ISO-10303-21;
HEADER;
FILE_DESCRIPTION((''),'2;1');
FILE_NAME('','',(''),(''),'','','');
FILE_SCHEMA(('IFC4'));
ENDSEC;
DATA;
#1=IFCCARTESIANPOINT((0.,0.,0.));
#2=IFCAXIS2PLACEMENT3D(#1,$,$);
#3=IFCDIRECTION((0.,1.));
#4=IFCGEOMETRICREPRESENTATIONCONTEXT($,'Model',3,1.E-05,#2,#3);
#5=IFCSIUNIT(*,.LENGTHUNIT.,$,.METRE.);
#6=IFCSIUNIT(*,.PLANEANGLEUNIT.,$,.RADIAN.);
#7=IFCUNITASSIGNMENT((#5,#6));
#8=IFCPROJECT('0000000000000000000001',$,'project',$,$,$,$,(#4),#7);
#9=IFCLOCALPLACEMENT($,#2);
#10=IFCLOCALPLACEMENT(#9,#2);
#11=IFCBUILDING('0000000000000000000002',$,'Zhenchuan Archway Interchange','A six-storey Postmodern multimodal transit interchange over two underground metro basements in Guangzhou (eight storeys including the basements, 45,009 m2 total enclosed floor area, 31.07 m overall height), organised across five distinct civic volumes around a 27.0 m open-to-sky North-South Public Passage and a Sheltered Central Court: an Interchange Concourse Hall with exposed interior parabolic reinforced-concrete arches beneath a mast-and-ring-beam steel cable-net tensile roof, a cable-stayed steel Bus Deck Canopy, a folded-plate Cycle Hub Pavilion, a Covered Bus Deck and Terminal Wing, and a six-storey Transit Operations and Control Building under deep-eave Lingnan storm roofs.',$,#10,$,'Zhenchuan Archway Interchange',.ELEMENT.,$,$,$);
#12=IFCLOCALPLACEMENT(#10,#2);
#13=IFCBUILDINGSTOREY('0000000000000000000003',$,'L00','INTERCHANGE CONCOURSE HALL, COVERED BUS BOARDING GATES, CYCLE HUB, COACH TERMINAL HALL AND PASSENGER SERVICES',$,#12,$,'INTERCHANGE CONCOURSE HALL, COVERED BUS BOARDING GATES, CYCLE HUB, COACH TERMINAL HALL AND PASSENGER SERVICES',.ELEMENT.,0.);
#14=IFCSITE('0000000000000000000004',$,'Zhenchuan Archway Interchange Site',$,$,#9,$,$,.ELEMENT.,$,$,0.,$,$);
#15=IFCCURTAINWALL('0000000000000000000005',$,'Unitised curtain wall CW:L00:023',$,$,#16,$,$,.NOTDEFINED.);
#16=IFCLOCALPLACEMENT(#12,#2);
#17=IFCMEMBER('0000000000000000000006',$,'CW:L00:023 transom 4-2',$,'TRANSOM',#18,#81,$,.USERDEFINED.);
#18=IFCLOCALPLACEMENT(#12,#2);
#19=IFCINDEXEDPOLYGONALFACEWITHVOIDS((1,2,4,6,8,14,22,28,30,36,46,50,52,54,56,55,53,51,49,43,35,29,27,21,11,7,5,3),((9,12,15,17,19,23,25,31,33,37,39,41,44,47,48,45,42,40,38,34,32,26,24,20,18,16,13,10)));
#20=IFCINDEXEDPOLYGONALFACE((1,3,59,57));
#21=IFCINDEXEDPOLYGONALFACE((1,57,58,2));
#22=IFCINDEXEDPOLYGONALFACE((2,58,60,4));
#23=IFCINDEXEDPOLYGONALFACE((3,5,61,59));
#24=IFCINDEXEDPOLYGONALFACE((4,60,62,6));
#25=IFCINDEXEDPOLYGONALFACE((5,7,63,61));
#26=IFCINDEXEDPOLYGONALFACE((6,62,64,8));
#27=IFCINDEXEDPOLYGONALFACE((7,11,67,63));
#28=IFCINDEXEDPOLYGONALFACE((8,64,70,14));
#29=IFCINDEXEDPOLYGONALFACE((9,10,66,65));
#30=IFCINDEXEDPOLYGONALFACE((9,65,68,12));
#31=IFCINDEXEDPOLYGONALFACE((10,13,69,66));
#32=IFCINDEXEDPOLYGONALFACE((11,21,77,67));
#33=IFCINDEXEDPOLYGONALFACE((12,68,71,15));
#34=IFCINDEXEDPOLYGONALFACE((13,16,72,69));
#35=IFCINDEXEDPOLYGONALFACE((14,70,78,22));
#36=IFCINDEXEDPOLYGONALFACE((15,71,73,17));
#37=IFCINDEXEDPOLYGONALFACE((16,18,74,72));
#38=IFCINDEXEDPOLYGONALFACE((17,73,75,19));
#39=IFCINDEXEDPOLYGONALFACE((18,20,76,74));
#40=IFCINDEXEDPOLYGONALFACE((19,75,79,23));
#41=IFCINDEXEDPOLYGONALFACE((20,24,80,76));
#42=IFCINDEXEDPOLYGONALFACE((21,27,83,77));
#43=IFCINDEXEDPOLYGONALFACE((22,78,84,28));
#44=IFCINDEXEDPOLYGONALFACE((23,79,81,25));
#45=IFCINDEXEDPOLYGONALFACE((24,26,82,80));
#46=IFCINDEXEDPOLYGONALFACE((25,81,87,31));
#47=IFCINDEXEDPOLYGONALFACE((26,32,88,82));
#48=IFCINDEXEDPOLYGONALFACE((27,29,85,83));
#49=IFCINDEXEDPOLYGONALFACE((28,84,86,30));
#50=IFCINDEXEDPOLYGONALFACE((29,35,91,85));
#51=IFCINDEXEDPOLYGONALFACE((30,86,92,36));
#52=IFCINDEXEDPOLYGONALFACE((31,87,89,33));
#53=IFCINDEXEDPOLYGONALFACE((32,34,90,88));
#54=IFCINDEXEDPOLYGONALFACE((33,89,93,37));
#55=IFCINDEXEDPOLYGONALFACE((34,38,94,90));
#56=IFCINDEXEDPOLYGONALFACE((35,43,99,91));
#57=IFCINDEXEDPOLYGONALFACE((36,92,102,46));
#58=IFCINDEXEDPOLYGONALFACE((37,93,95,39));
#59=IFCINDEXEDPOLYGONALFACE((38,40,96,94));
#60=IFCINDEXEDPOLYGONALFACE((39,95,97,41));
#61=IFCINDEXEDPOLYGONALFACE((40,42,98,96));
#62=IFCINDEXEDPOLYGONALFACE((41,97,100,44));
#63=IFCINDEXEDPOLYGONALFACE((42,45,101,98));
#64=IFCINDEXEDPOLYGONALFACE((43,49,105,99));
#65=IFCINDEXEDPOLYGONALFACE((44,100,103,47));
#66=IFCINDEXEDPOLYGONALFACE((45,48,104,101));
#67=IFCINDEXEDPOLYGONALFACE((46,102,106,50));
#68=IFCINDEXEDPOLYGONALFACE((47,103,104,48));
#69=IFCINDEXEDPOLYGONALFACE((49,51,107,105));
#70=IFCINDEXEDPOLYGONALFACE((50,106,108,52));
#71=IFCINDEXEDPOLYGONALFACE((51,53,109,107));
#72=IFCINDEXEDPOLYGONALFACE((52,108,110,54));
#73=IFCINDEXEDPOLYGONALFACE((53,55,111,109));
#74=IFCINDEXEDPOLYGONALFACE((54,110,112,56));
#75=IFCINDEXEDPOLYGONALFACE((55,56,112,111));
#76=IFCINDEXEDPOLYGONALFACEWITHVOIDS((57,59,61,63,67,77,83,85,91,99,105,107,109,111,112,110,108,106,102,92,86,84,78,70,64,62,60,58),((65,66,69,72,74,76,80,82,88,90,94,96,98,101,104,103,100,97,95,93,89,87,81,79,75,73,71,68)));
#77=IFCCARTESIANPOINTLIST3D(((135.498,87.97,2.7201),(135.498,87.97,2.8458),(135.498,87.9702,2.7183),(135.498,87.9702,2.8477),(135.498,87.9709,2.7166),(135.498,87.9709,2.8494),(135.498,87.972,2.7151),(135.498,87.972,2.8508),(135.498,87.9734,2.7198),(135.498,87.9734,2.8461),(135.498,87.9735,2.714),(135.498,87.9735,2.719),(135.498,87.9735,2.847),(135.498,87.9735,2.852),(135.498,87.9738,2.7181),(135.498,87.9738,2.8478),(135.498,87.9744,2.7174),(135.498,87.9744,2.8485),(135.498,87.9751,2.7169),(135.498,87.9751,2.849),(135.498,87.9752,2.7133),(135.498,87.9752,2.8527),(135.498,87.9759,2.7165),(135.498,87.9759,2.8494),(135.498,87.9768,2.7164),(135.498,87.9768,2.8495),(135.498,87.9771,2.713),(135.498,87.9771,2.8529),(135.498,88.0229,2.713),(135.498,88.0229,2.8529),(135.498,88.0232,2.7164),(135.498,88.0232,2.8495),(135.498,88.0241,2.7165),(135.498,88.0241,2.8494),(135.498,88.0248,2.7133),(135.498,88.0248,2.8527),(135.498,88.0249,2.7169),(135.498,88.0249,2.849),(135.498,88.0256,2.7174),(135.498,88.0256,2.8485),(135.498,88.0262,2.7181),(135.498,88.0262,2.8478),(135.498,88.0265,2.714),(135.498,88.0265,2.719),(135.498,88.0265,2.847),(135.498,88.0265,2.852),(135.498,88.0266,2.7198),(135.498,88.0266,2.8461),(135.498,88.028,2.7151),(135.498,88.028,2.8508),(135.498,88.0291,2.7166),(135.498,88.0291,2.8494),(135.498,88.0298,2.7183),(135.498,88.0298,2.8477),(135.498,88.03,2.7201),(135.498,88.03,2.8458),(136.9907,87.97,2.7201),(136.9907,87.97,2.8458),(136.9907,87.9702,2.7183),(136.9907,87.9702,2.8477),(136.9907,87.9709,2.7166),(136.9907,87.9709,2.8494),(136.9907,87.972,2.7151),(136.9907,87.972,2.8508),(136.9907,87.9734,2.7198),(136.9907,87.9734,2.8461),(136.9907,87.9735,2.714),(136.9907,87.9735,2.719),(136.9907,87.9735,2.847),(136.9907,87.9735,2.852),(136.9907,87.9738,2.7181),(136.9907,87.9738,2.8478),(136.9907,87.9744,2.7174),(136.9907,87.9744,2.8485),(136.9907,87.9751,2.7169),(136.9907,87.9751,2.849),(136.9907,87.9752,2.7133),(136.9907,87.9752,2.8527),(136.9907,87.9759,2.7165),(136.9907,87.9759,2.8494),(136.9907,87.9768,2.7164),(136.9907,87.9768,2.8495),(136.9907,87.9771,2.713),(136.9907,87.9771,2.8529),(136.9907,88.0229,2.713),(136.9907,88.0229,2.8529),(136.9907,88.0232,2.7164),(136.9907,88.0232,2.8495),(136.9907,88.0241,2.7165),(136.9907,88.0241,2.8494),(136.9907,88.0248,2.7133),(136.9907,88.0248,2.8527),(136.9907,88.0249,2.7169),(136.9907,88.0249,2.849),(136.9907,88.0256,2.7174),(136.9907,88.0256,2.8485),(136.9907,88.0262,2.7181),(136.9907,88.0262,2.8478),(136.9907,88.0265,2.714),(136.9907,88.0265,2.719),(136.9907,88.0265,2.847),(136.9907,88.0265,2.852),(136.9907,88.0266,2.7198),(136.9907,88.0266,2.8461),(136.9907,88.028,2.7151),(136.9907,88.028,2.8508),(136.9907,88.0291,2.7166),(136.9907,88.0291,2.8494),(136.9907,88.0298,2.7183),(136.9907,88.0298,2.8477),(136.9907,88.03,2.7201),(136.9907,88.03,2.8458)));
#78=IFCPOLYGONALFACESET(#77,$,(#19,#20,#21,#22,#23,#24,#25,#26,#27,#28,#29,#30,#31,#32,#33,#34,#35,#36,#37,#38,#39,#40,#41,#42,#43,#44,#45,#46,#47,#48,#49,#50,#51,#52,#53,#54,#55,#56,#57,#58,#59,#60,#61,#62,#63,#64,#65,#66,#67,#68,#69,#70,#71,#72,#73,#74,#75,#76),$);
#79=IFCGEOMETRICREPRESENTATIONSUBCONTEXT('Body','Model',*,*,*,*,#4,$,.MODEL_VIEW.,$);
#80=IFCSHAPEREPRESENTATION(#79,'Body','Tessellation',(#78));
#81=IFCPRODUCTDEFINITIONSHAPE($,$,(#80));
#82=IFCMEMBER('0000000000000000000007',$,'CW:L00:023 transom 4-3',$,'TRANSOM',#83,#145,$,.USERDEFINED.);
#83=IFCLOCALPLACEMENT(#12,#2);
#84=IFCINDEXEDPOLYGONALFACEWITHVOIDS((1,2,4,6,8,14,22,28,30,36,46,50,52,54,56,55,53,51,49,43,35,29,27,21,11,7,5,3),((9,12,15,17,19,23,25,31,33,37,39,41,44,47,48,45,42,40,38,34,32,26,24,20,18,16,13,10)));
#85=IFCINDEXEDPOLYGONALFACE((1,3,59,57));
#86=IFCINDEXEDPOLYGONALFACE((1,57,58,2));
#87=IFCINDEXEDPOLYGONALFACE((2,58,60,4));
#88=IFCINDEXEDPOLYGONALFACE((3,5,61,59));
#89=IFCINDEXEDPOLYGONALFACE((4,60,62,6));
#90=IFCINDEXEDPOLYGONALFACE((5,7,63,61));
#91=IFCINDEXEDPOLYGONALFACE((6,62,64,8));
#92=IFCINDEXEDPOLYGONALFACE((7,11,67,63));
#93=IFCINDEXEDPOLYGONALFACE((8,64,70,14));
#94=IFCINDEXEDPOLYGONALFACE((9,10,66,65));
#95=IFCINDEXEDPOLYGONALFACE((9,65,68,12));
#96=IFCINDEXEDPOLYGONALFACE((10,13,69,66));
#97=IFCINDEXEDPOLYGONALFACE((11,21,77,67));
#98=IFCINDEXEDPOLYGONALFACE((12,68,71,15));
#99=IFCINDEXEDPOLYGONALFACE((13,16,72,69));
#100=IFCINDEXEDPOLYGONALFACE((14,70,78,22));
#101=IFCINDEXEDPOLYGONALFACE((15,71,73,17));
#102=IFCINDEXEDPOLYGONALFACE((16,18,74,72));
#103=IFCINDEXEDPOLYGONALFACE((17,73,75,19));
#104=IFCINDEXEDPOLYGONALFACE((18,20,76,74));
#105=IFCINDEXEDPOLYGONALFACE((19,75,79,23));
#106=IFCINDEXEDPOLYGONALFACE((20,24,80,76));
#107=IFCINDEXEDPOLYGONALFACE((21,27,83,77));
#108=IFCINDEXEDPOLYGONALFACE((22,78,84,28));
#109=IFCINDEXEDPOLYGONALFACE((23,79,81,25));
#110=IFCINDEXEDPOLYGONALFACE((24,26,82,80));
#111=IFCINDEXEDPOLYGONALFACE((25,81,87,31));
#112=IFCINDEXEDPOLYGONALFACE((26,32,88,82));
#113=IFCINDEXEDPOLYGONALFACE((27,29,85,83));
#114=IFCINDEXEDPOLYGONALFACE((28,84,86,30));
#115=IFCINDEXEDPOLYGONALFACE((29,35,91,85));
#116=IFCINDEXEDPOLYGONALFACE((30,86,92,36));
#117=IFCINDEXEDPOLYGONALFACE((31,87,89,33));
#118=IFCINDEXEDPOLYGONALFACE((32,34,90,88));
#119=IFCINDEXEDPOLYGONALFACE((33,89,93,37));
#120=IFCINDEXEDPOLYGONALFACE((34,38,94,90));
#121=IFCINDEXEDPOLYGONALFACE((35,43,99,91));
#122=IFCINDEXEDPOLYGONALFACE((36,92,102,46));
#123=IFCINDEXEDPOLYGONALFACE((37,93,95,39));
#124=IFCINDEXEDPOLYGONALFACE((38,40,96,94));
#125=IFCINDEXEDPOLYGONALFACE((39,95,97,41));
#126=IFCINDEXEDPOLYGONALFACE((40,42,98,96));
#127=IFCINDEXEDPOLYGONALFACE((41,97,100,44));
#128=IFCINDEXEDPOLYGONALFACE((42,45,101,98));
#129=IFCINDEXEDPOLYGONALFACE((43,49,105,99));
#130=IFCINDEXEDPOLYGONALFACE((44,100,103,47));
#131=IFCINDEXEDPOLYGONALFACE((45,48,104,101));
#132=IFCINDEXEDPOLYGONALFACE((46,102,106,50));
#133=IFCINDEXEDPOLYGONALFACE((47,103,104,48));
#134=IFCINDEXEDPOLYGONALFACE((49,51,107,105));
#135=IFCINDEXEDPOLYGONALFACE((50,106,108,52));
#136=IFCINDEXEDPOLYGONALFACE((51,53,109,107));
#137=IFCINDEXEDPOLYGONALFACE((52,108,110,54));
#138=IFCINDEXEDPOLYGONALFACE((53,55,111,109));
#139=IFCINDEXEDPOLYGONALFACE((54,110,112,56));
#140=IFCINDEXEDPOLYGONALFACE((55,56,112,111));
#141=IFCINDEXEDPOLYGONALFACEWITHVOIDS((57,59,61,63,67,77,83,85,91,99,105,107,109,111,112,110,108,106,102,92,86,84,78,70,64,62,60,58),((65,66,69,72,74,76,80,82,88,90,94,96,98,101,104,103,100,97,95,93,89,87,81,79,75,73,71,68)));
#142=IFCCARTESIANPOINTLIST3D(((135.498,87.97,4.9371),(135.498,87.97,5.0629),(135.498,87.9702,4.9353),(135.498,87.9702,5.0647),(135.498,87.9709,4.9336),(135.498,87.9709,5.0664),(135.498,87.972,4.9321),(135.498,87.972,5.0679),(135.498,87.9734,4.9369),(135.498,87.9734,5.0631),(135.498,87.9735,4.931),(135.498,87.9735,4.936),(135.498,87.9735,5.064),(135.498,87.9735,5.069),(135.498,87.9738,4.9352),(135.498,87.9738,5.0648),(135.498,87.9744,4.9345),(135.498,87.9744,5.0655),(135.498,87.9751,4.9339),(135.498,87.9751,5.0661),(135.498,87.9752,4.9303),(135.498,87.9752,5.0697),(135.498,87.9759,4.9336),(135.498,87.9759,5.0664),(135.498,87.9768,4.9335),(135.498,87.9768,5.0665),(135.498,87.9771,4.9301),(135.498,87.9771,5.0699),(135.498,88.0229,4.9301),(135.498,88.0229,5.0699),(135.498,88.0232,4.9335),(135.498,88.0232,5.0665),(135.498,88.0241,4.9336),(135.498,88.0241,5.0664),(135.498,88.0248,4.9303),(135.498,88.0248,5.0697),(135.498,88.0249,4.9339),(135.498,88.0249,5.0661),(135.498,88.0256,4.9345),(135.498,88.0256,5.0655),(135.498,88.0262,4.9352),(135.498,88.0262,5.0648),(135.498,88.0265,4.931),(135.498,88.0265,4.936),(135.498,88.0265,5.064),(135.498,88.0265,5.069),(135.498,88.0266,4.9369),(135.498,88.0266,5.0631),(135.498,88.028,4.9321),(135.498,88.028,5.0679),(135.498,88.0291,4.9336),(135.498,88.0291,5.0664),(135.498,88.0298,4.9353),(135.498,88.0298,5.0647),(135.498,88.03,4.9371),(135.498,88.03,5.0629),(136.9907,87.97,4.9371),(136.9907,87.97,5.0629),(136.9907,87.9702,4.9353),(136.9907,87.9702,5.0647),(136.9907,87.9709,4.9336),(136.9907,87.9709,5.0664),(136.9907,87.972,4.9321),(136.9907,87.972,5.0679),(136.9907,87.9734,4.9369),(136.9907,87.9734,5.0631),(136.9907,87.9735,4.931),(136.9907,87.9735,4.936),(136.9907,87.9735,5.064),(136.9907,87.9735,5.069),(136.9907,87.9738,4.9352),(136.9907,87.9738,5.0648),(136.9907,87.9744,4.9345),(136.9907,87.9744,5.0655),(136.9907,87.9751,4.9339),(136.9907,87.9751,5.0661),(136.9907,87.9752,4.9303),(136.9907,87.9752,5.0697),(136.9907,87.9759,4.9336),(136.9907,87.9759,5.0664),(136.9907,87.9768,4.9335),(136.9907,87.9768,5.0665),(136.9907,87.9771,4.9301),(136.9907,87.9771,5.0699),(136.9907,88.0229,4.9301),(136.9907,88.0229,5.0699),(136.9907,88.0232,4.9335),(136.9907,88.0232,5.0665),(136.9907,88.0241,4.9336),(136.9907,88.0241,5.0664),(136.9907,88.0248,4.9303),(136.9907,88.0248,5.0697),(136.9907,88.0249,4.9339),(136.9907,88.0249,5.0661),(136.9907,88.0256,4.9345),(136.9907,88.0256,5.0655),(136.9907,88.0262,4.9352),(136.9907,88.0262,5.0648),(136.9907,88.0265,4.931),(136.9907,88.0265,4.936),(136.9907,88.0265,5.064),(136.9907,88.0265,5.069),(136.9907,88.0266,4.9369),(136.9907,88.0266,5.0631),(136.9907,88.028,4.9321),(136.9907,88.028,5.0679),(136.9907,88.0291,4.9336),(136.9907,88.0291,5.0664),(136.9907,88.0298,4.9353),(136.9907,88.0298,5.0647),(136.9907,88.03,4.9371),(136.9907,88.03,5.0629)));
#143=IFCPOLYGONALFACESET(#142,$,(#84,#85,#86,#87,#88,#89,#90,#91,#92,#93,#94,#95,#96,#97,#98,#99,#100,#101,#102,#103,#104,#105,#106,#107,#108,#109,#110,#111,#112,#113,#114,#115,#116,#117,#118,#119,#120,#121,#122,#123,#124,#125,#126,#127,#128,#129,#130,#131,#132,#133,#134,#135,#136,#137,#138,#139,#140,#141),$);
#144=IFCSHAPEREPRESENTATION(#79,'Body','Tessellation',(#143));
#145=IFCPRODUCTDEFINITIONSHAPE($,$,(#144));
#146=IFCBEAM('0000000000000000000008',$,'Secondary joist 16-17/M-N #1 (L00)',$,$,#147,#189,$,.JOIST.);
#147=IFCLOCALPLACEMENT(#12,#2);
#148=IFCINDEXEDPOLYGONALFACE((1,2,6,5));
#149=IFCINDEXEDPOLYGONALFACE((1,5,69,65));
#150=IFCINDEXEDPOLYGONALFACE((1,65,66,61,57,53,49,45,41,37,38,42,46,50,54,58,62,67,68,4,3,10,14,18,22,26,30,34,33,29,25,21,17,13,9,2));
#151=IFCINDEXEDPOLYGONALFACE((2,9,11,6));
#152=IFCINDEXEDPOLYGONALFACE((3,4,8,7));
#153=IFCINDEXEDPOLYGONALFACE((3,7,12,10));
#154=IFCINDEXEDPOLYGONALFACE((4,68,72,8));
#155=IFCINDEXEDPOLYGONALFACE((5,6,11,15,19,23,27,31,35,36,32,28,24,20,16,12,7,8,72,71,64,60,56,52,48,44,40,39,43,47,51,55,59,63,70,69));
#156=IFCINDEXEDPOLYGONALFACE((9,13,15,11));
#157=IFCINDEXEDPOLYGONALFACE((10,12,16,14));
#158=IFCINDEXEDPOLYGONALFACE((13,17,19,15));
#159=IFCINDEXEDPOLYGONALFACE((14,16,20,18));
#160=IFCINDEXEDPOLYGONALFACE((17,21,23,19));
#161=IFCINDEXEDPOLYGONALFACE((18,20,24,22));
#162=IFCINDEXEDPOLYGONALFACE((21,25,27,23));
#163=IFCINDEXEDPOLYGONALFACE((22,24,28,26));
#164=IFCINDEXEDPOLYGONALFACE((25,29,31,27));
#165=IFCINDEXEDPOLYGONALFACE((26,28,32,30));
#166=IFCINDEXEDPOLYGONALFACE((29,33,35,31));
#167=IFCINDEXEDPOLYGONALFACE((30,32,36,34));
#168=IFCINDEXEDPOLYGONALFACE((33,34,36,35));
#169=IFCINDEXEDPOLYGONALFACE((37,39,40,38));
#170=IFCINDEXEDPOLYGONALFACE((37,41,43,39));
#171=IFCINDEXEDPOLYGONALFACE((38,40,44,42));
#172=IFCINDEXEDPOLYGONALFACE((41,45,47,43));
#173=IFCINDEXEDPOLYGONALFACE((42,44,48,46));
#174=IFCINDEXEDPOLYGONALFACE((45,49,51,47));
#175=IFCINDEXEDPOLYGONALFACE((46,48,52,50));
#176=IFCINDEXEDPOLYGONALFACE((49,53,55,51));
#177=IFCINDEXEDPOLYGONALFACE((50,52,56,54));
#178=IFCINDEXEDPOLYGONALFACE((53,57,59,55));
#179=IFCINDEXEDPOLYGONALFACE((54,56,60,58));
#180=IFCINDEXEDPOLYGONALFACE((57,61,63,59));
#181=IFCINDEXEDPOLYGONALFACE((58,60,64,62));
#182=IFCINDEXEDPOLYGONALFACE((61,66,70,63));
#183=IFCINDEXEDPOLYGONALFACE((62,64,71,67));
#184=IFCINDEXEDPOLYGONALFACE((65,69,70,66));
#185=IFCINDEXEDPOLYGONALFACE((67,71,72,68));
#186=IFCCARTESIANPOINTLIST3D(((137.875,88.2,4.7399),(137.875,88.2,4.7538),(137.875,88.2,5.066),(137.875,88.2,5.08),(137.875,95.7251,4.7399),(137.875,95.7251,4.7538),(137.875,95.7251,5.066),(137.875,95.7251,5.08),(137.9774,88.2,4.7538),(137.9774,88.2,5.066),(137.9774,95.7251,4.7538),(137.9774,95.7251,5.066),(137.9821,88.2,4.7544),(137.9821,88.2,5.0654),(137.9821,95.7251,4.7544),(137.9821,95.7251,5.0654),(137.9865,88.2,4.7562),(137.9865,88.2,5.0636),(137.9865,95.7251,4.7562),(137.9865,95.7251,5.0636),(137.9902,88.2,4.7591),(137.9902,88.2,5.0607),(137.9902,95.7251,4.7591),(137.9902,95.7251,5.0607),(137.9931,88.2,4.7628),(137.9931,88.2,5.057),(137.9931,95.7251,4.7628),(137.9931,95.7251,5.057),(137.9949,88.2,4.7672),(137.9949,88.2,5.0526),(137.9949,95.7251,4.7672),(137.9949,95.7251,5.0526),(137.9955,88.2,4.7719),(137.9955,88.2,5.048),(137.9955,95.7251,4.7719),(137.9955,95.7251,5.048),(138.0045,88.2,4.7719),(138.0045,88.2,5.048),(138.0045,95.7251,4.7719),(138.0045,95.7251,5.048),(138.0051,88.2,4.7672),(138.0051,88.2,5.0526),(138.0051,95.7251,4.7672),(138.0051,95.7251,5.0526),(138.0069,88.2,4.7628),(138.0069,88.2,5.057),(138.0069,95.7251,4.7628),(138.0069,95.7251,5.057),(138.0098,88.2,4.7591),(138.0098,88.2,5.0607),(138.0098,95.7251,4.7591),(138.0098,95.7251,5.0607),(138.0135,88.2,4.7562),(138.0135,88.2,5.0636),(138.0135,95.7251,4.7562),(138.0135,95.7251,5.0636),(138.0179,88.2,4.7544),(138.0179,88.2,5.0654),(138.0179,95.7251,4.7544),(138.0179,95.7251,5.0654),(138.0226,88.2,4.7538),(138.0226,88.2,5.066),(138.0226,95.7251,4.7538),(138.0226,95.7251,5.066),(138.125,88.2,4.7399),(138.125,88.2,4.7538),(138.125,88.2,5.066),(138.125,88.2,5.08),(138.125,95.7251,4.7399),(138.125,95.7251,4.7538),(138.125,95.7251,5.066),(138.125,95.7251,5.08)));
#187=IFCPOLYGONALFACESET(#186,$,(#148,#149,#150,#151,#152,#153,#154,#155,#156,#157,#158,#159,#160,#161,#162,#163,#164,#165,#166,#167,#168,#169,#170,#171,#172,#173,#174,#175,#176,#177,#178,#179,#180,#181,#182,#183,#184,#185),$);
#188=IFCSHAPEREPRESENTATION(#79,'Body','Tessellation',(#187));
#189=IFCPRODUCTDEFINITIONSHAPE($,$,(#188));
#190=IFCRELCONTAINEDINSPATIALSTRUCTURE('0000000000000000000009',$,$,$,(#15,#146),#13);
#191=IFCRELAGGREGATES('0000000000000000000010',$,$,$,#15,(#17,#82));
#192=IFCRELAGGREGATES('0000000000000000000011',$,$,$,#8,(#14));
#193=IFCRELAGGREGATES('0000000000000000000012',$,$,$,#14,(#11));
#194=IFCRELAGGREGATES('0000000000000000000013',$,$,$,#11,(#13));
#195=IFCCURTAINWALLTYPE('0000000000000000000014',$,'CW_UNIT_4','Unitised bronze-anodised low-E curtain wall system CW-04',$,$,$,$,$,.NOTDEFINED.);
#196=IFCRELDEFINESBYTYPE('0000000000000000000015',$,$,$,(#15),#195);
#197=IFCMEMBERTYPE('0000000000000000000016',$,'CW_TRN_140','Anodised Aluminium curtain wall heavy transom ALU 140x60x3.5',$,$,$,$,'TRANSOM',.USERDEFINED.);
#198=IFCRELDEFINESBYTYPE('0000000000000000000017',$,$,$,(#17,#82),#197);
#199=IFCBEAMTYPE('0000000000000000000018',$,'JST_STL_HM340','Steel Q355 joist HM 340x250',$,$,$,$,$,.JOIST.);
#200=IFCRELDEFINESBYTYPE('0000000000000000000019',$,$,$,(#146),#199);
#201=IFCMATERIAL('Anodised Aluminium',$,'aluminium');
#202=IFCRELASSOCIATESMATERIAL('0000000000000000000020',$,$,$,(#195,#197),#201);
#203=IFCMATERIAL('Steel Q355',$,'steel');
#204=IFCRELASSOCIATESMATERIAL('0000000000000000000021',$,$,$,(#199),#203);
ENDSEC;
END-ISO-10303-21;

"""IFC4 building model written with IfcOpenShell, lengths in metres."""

from ifc_helpers import new_model, si_unit, direction, frame, origin, origin_2d, place, context, subcontext, project, spatial, hollow_rectangle, i_section, extrude, material, material_profile, profile_set, type_object, element, aggregate, save


model = new_model("IFC4")

# Units and contexts
model_context = context("Model", 3, precision=1e-05, world=origin(), true_north=direction((0.0, 1.0)))
body_context = subcontext(model_context, "Body", "Model", "MODEL_VIEW")
ifc_project = project(units=[si_unit("LENGTHUNIT", "METRE"), si_unit("PLANEANGLEUNIT", "RADIAN")], contexts=[model_context])

# Site, building, storey
site_placement = place(None, origin())
site = spatial("IfcSite", under=ifc_project, at=site_placement, Name="Zhenchuan Archway Interchange Site", CompositionType="ELEMENT", RefElevation=0.0)
building_placement = place(site_placement, origin())
building = spatial("IfcBuilding", under=site, at=building_placement, Name="Zhenchuan Archway Interchange", Description="A six-storey Postmodern multimodal transit interchange over two underground metro basements in Guangzhou (eight storeys including the basements, 45,009 m2 total enclosed floor area, 31.07 m overall height), organised across five distinct civic volumes around a 27.0 m open-to-sky North-South Public Passage and a Sheltered Central Court: an Interchange Concourse Hall with exposed interior parabolic reinforced-concrete arches beneath a mast-and-ring-beam steel cable-net tensile roof, a cable-stayed steel Bus Deck Canopy, a folded-plate Cycle Hub Pavilion, a Covered Bus Deck and Terminal Wing, and a six-storey Transit Operations and Control Building under deep-eave Lingnan storm roofs.", LongName="Zhenchuan Archway Interchange", CompositionType="ELEMENT")
storey_placement = place(building_placement, origin())
storey = spatial("IfcBuildingStorey", under=building, at=storey_placement, Name="L00", Description="INTERCHANGE CONCOURSE HALL, COVERED BUS BOARDING GATES, CYCLE HUB, COACH TERMINAL HALL AND PASSENGER SERVICES", LongName="INTERCHANGE CONCOURSE HALL, COVERED BUS BOARDING GATES, CYCLE HUB, COACH TERMINAL HALL AND PASSENGER SERVICES", CompositionType="ELEMENT", Elevation=0.0)

# Curtain wall, members
ifc_material_1 = material(Name="Anodised Aluminium", Category="aluminium")
curtain_wall_type = type_object("IfcCurtainWallType", Name="CW_UNIT_4", Description="Unitised bronze-anodised low-E curtain wall system CW-04", PredefinedType="NOTDEFINED", material=ifc_material_1)
curtain_wall_placement = place(storey_placement, origin())
curtain_wall = element("IfcCurtainWall", 1, at=curtain_wall_placement, inside=storey, type_object=curtain_wall_type, Name="Unitised curtain wall CW:L00:023", PredefinedType="NOTDEFINED")
ifc_material_profile_1 = material_profile(ifc_material_1, hollow_rectangle(XDim=0.0601, YDim=0.1399, WallThickness=0.0034, InnerFilletRadius=0.0034, OuterFilletRadius=0.0071, at=origin_2d()), Name="ALU 140x60x3.5")
ifc_profile_set_1 = profile_set([ifc_material_profile_1], Name="Anodised Aluminium")
member_type_1 = type_object("IfcMemberType", Name="CW_TRN_140", Description="Anodised Aluminium curtain wall heavy transom ALU 140x60x3.5", ElementType="TRANSOM", PredefinedType="USERDEFINED", material=ifc_profile_set_1)
member_1_placement = place(storey_placement, frame((136.9907, 88.0, 2.783), z_axis=(-1.0, 0.0, 0.0), x_axis=(0.0, -1.0, 0.0)))
member_1 = element("IfcMember", 2, at=member_1_placement, type_object=member_type_1, Name="CW:L00:023 transom 4-2", ObjectType="TRANSOM", PredefinedType="USERDEFINED", context=body_context, shape_type="SweptSolid", body=[
    extrude(hollow_rectangle(XDim=0.0601, YDim=0.1399, WallThickness=0.0034, InnerFilletRadius=0.0034, OuterFilletRadius=0.0071, at=origin_2d()), origin(), (0.0, 0.0, 1.0), 1.4927),
])
member_2_placement = place(storey_placement, frame((136.9907, 88.0, 5.0), z_axis=(-1.0, 0.0, 0.0), x_axis=(0.0, -1.0, 0.0)))
member_2 = element("IfcMember", 3, at=member_2_placement, type_object=member_type_1, Name="CW:L00:023 transom 4-3", ObjectType="TRANSOM", PredefinedType="USERDEFINED", context=body_context, shape_type="SweptSolid", body=[
    extrude(hollow_rectangle(XDim=0.0601, YDim=0.1399, WallThickness=0.0034, InnerFilletRadius=0.0034, OuterFilletRadius=0.0071, at=origin_2d()), origin(), (0.0, 0.0, 1.0), 1.4927),
])

# Beam
ifc_material_2 = material(Name="Steel Q355", Category="steel")
ifc_material_profile_2 = material_profile(ifc_material_2, i_section(OverallWidth=0.25, OverallDepth=0.3401, WebThickness=0.009, FlangeThickness=0.0139, FilletRadius=0.0181, at=origin_2d()), Name="HM 340x250")
ifc_profile_set_2 = profile_set([ifc_material_profile_2], Name="Steel Q355")
beam_type_1 = type_object("IfcBeamType", Name="JST_STL_HM340", Description="Steel Q355 joist HM 340x250", PredefinedType="JOIST", material=ifc_profile_set_2)
beam_1_placement = place(storey_placement, frame((138.0, 88.2, 4.9099), z_axis=(0.0, 1.0, 0.0), x_axis=(-1.0, 0.0, 0.0)))
element("IfcBeam", 4, at=beam_1_placement, inside=storey, type_object=beam_type_1, Name="Secondary joist 16-17/M-N #1 (L00)", PredefinedType="JOIST", context=body_context, shape_type="SweptSolid", body=[
    extrude(i_section(OverallWidth=0.25, OverallDepth=0.3401, WebThickness=0.009, FlangeThickness=0.0139, FilletRadius=0.0181, at=origin_2d()), origin(), (0.0, 0.0, 1.0), 7.5251),
])

aggregate(curtain_wall, [member_1, member_2])

save(model, "model.ifc")
